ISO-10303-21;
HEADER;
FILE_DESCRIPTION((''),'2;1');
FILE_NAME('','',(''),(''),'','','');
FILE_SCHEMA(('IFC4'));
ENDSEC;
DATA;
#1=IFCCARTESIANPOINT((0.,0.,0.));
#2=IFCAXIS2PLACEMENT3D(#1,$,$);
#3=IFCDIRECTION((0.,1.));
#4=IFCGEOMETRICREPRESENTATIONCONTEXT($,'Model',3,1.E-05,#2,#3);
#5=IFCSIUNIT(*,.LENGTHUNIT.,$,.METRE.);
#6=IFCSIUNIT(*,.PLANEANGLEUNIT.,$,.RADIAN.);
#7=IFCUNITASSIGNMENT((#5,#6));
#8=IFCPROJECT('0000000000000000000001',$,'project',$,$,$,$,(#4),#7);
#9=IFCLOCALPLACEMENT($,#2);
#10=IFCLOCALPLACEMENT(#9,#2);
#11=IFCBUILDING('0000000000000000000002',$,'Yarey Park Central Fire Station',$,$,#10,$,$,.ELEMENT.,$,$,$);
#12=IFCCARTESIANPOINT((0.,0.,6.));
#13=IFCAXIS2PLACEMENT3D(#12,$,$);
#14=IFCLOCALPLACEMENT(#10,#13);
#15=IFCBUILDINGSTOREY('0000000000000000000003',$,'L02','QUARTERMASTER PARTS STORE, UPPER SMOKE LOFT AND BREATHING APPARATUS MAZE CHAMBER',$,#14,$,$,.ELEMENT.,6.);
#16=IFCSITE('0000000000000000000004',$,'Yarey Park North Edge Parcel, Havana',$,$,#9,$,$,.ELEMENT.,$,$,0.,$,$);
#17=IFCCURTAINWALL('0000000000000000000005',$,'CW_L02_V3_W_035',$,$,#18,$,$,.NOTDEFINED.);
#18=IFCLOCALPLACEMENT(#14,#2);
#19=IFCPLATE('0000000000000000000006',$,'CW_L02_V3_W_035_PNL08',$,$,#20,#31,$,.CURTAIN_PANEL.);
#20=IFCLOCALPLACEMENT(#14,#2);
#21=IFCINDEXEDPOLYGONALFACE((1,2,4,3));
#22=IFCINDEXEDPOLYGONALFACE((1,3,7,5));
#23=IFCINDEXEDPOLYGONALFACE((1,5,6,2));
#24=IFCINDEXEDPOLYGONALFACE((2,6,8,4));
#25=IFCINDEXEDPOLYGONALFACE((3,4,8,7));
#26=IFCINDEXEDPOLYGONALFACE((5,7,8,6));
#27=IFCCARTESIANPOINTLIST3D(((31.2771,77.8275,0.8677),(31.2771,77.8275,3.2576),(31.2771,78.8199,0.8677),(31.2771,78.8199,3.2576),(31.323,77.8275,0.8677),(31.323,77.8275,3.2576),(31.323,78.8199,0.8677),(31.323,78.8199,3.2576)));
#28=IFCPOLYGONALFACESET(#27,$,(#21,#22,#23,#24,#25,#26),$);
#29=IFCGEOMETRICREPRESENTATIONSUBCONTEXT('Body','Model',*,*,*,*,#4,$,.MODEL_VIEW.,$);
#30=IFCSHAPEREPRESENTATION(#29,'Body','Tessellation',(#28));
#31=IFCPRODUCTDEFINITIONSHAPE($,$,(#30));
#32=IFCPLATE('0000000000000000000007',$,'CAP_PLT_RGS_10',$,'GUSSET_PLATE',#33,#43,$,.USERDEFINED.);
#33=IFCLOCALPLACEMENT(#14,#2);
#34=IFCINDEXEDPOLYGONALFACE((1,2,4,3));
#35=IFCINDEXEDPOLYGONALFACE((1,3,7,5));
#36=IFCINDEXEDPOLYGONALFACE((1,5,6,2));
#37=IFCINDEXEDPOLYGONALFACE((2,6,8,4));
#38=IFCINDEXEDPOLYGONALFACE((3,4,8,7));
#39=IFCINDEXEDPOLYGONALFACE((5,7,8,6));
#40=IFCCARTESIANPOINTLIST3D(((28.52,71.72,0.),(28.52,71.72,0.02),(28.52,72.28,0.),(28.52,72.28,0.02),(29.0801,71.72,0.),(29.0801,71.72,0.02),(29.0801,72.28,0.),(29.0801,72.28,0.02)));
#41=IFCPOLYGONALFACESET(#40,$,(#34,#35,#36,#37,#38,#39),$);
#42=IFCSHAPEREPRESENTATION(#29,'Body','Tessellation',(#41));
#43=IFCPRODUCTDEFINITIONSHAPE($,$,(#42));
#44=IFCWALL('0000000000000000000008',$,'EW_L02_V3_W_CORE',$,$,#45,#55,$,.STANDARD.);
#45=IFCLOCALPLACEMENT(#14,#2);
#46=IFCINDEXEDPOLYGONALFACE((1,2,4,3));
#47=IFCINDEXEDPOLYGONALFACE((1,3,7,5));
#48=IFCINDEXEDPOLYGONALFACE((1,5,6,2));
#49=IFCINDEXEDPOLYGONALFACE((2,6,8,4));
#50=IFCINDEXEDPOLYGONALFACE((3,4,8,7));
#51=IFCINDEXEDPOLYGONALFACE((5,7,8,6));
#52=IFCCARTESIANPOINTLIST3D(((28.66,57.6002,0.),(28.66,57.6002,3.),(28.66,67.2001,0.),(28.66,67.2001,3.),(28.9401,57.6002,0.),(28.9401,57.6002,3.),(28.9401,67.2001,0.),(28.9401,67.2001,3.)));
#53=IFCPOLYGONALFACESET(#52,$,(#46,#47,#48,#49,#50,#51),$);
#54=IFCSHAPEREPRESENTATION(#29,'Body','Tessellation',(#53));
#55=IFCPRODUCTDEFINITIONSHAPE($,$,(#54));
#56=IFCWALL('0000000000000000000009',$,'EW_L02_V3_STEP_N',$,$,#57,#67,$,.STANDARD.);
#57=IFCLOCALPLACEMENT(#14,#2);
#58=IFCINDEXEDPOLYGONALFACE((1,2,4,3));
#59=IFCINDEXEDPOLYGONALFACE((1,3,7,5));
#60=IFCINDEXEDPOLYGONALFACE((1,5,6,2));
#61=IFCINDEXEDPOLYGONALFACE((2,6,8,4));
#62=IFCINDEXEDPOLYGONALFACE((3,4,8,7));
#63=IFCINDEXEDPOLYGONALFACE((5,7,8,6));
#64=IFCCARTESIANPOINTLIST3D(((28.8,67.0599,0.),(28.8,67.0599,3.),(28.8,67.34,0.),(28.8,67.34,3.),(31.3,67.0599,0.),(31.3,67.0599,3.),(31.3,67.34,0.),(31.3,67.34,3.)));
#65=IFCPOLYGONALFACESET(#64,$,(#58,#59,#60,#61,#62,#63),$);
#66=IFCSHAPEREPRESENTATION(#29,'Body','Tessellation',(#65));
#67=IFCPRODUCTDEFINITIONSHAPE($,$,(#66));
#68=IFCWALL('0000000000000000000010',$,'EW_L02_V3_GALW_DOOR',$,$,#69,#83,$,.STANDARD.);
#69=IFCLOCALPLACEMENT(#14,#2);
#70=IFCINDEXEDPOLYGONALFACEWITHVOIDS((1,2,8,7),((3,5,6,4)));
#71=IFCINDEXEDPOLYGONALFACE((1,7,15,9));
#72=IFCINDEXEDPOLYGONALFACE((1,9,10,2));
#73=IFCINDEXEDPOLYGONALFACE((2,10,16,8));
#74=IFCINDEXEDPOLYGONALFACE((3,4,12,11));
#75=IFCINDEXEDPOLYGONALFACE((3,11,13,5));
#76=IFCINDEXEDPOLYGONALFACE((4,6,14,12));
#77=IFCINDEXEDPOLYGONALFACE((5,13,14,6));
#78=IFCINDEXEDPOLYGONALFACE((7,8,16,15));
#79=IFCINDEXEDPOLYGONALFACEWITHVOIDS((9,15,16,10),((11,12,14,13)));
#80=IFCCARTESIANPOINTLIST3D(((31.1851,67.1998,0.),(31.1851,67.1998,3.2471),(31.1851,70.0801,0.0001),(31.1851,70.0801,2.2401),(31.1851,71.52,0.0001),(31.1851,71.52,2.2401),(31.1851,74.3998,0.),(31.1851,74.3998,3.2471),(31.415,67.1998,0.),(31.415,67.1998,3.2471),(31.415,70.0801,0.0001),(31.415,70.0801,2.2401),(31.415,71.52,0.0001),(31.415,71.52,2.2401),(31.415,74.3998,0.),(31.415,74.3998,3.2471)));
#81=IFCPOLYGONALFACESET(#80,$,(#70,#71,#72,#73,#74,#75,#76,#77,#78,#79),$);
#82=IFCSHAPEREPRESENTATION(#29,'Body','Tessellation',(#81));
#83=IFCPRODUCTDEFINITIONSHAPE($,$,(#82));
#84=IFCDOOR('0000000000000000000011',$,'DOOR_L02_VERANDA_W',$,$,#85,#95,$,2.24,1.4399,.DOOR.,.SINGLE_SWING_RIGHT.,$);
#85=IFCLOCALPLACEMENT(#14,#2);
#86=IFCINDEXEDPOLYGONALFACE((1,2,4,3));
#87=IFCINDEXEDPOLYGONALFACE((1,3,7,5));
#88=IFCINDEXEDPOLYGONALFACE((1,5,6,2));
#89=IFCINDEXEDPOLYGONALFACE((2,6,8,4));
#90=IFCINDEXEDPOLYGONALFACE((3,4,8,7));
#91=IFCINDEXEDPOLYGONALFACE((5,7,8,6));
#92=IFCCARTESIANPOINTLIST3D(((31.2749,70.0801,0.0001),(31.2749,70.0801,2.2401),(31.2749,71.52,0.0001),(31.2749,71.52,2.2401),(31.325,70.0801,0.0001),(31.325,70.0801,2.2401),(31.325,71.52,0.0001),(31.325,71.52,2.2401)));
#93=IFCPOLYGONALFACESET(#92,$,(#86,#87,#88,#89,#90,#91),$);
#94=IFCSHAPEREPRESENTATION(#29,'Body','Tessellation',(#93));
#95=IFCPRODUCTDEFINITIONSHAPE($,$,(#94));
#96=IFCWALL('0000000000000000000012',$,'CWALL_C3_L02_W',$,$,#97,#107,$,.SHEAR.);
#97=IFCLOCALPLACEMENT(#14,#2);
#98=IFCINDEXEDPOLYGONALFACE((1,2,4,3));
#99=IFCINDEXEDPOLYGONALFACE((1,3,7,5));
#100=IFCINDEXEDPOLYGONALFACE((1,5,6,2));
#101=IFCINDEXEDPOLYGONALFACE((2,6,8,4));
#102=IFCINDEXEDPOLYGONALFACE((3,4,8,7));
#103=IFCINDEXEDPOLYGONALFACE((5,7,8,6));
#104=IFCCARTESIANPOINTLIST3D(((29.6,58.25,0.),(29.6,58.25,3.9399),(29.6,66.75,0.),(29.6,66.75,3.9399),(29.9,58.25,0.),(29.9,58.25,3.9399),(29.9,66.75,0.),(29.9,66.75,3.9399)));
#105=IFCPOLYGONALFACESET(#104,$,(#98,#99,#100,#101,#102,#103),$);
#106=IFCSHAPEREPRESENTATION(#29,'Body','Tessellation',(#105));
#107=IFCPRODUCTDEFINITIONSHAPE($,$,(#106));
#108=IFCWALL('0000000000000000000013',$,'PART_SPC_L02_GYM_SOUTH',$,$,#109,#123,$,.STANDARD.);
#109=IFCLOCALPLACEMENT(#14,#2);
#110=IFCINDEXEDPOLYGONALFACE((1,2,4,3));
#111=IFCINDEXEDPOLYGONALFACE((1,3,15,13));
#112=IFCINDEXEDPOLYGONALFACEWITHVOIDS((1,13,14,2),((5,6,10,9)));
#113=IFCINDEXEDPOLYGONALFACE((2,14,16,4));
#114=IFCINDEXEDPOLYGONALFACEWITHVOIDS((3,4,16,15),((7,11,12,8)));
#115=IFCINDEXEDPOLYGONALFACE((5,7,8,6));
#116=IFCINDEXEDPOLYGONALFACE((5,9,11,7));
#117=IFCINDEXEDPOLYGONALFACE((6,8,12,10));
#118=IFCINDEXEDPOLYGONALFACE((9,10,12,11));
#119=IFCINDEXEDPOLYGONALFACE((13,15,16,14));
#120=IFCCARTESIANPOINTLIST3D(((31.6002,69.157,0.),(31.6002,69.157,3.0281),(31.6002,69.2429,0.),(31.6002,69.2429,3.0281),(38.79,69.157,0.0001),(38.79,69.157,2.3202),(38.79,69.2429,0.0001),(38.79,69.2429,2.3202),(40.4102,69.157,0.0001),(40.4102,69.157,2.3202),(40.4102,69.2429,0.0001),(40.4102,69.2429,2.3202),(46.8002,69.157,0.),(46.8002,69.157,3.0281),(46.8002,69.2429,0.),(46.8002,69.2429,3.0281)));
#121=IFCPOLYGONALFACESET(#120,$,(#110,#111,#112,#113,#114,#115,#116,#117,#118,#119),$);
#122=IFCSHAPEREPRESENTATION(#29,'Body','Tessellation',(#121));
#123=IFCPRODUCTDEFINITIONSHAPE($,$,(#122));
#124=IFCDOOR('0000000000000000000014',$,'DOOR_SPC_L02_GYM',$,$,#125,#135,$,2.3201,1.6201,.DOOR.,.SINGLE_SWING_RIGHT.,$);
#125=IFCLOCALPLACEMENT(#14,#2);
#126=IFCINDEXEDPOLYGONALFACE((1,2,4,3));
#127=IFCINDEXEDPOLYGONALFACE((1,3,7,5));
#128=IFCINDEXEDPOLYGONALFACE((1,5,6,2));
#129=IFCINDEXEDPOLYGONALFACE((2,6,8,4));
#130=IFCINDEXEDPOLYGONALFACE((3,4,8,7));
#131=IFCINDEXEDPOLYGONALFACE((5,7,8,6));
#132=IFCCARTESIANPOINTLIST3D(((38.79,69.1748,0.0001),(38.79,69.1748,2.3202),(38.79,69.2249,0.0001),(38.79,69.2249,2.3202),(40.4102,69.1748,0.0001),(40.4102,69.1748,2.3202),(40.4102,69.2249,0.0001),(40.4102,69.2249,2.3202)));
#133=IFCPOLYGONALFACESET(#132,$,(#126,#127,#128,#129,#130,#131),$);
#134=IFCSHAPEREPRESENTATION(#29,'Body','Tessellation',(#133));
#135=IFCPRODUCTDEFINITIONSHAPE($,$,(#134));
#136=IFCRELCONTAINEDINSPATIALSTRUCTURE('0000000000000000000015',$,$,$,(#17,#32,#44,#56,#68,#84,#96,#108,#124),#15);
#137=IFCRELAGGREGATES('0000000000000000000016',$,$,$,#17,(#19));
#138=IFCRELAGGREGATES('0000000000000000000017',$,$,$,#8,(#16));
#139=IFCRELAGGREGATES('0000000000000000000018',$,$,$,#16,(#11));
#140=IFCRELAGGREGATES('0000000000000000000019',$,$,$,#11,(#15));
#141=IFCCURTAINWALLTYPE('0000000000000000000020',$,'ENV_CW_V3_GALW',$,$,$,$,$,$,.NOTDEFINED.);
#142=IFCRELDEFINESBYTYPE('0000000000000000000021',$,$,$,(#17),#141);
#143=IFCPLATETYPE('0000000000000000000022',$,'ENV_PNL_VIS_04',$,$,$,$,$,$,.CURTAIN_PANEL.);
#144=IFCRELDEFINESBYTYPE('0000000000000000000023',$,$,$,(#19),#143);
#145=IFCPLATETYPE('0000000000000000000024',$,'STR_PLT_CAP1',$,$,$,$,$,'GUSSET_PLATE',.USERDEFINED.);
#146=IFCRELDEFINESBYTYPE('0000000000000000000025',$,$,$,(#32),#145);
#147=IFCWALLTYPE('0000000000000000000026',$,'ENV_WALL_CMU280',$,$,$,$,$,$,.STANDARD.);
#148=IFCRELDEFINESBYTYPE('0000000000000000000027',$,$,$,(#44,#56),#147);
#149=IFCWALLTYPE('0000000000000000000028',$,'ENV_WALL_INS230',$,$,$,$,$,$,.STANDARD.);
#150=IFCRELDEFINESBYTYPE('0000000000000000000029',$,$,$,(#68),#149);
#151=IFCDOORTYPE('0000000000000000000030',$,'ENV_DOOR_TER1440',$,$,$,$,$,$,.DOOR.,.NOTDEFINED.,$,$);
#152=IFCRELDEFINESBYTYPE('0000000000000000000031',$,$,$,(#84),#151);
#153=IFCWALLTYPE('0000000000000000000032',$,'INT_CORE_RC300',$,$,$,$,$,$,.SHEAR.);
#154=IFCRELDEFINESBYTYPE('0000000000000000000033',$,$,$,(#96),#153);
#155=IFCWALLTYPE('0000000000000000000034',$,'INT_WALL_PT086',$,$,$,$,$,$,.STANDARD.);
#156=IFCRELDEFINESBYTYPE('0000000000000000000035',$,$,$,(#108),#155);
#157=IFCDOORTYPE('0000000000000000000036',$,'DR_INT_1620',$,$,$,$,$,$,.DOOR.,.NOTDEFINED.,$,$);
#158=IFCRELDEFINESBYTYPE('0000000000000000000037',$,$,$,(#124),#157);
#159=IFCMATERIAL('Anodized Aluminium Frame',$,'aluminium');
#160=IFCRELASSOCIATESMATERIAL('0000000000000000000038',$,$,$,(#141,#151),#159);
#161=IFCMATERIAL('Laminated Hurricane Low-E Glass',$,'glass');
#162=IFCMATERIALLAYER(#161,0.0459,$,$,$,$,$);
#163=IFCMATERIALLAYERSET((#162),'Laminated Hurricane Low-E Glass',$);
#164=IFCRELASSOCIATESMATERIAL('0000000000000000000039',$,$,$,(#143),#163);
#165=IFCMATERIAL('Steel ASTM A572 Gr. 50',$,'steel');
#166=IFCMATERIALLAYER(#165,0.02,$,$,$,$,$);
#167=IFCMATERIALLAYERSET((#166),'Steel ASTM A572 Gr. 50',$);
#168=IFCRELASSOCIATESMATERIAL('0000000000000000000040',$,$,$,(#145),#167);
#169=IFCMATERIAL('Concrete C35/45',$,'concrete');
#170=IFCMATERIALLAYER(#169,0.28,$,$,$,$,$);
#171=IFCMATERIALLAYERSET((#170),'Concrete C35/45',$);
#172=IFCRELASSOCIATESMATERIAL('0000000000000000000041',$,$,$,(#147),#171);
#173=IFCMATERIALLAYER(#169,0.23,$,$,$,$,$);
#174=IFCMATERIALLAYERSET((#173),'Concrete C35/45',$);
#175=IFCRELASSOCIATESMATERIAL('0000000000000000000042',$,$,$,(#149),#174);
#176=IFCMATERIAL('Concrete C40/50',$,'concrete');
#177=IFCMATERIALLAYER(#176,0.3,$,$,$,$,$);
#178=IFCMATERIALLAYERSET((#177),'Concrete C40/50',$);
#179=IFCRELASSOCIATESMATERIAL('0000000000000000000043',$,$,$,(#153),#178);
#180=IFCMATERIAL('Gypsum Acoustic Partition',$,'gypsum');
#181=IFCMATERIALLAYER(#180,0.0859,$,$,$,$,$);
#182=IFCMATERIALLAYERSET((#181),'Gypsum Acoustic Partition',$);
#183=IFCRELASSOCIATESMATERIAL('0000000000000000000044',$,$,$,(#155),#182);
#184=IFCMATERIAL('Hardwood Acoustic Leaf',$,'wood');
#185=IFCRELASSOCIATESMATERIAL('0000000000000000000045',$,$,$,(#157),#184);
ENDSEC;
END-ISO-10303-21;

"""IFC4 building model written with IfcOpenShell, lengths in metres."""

from ifc_helpers import new_model, si_unit, direction, frame, frame_2d, origin, origin_2d, place, context, subcontext, project, spatial, rectangle, extrude, material, layer, layer_set, type_object, element, fill, aggregate, save


model = new_model("IFC4")

# Units and contexts
model_context = context("Model", 3, precision=1e-05, world=origin(), true_north=direction((0.0, 1.0)))
body_context = subcontext(model_context, "Body", "Model", "MODEL_VIEW")
ifc_project = project(units=[si_unit("LENGTHUNIT", "METRE"), si_unit("PLANEANGLEUNIT", "RADIAN")], contexts=[model_context])

# Site, building, storey
site_placement = place(None, origin())
site = spatial("IfcSite", under=ifc_project, at=site_placement, Name="Yarey Park North Edge Parcel, Havana", CompositionType="ELEMENT", RefElevation=0.0)
building_placement = place(site_placement, origin())
building = spatial("IfcBuilding", under=site, at=building_placement, Name="Yarey Park Central Fire Station", CompositionType="ELEMENT")
storey_placement = place(building_placement, frame((0.0, 0.0, 6.0)))
storey = spatial("IfcBuildingStorey", under=building, at=storey_placement, Name="L02", Description="QUARTERMASTER PARTS STORE, UPPER SMOKE LOFT AND BREATHING APPARATUS MAZE CHAMBER", CompositionType="ELEMENT", Elevation=6.0)

# Curtain wall
ifc_material_1 = material(Name="Anodized Aluminium Frame", Category="aluminium")
curtain_wall_type = type_object("IfcCurtainWallType", Name="ENV_CW_V3_GALW", PredefinedType="NOTDEFINED", material=ifc_material_1)
curtain_wall_placement = place(storey_placement, origin())
curtain_wall = element("IfcCurtainWall", 1, at=curtain_wall_placement, inside=storey, type_object=curtain_wall_type, Name="CW_L02_V3_W_035", PredefinedType="NOTDEFINED")

# Plates
ifc_material_2 = material(Name="Laminated Hurricane Low-E Glass", Category="glass")
ifc_layer_1 = layer(ifc_material_2, 0.0459)
ifc_layer_set_1 = layer_set([ifc_layer_1], Name="Laminated Hurricane Low-E Glass")
plate_type_1 = type_object("IfcPlateType", Name="ENV_PNL_VIS_04", PredefinedType="CURTAIN_PANEL", material=ifc_layer_set_1)
plate_1_placement = place(storey_placement, frame((31.3, 78.3237, 0.8677), z_axis=(0.0, 0.0, 1.0), x_axis=(0.0, 1.0, 0.0)))
plate_1 = element("IfcPlate", 2, at=plate_1_placement, type_object=plate_type_1, Name="CW_L02_V3_W_035_PNL08", PredefinedType="CURTAIN_PANEL", context=body_context, shape_type="SweptSolid", body=[
    extrude(rectangle(XDim=0.9924, YDim=0.0459, at=origin_2d()), origin(), (0.0, 0.0, 1.0), 2.3899),
])
aggregate(curtain_wall, [plate_1])
ifc_material_3 = material(Name="Steel ASTM A572 Gr. 50", Category="steel")
ifc_layer_2 = layer(ifc_material_3, 0.02)
ifc_layer_set_2 = layer_set([ifc_layer_2], Name="Steel ASTM A572 Gr. 50")
plate_type_2 = type_object("IfcPlateType", Name="STR_PLT_CAP1", ElementType="GUSSET_PLATE", PredefinedType="USERDEFINED", material=ifc_layer_set_2)
plate_2_placement = place(storey_placement, frame((28.8, 72.0, 0.0), z_axis=(0.0, 0.0, 1.0), x_axis=(1.0, 0.0, 0.0)))
element("IfcPlate", 3, at=plate_2_placement, inside=storey, type_object=plate_type_2, Name="CAP_PLT_RGS_10", ObjectType="GUSSET_PLATE", PredefinedType="USERDEFINED", context=body_context, shape_type="SweptSolid", body=[
    extrude(rectangle(XDim=0.5601, YDim=0.5601, at=origin_2d()), origin(), (0.0, 0.0, 1.0), 0.02),
])

# Walls
ifc_material_4 = material(Name="Concrete C35/45", Category="concrete")
ifc_layer_3 = layer(ifc_material_4, 0.28)
ifc_layer_set_3 = layer_set([ifc_layer_3], Name="Concrete C35/45")
wall_type_1 = type_object("IfcWallType", Name="ENV_WALL_CMU280", PredefinedType="STANDARD", material=ifc_layer_set_3)
wall_1_placement = place(storey_placement, frame((28.8, 67.2, 0.0), z_axis=(0.0, 0.0, 1.0), x_axis=(0.0, -1.0, 0.0)))
element("IfcWall", 4, at=wall_1_placement, inside=storey, type_object=wall_type_1, Name="EW_L02_V3_W_CORE", PredefinedType="STANDARD", context=body_context, shape_type="SweptSolid", body=[
    extrude(rectangle(XDim=9.5999, YDim=0.28, at=frame_2d((4.7998, 0.0))), origin(), (0.0, 0.0, 1.0), 3.0),
])
wall_2_placement = place(storey_placement, frame((31.3, 67.2, 0.0), z_axis=(0.0, 0.0, 1.0), x_axis=(-1.0, 0.0, 0.0)))
element("IfcWall", 5, at=wall_2_placement, inside=storey, type_object=wall_type_1, Name="EW_L02_V3_STEP_N", PredefinedType="STANDARD", context=body_context, shape_type="SweptSolid", body=[
    extrude(rectangle(XDim=2.5, YDim=0.28, at=frame_2d((1.25, 0.0))), origin(), (0.0, 0.0, 1.0), 3.0),
])

# Wall, opening, door
ifc_layer_4 = layer(ifc_material_4, 0.23)
ifc_layer_set_4 = layer_set([ifc_layer_4], Name="Concrete C35/45")
wall_type_2 = type_object("IfcWallType", Name="ENV_WALL_INS230", PredefinedType="STANDARD", material=ifc_layer_set_4)
wall_3_placement = place(storey_placement, frame((31.3, 74.3999, 0.0), z_axis=(0.0, 0.0, 1.0), x_axis=(0.0, -1.0, 0.0)))
wall_3 = element("IfcWall", 6, at=wall_3_placement, inside=storey, type_object=wall_type_2, Name="EW_L02_V3_GALW_DOOR", PredefinedType="STANDARD", context=body_context, shape_type="SweptSolid", body=[
    extrude(rectangle(XDim=7.2, YDim=0.23, at=frame_2d((3.6001, 0.0))), origin(), (0.0, 0.0, 1.0), 3.2471),
])
opening_1_placement = place(wall_3_placement, frame((2.8799, 0.0, 0.0)))
opening_1 = element("IfcOpeningElement", 7, at=opening_1_placement, cuts=wall_3, PredefinedType="OPENING", context=body_context, shape_type="SweptSolid", body=[
    extrude(rectangle(XDim=1.4399, YDim=2.24, at=frame_2d((0.72, 1.1201))), frame((0.0, 0.125, 0.0), z_axis=(0.0, -1.0, 0.0), x_axis=(1.0, 0.0, 0.0)), (0.0, 0.0, 1.0), 0.25),
])
door_type_1 = type_object("IfcDoorType", Name="ENV_DOOR_TER1440", OperationType="NOTDEFINED", PredefinedType="DOOR", material=ifc_material_1)
door_1_placement = place(opening_1_placement, origin())
door_1 = element("IfcDoor", 8, at=door_1_placement, inside=storey, type_object=door_type_1, Name="DOOR_L02_VERANDA_W", OperationType="SINGLE_SWING_RIGHT", OverallHeight=2.24, OverallWidth=1.4399, PredefinedType="DOOR", context=body_context, shape_type="SweptSolid", body=[
    extrude(rectangle(XDim=1.4399, YDim=2.24, at=frame_2d((0.72, 1.1201))), frame((0.0, 0.0249, 0.0), z_axis=(0.0, -1.0, 0.0), x_axis=(1.0, 0.0, 0.0)), (0.0, 0.0, 1.0), 0.05),
])
fill(opening_1, door_1)

# Wall
ifc_material_5 = material(Name="Concrete C40/50", Category="concrete")
ifc_layer_5 = layer(ifc_material_5, 0.3)
ifc_layer_set_5 = layer_set([ifc_layer_5], Name="Concrete C40/50")
wall_type_3 = type_object("IfcWallType", Name="INT_CORE_RC300", PredefinedType="SHEAR", material=ifc_layer_set_5)
wall_4_placement = place(storey_placement, frame((29.75, 66.75, 0.0), z_axis=(0.0, 0.0, 1.0), x_axis=(0.0, -1.0, 0.0)))
element("IfcWall", 9, at=wall_4_placement, inside=storey, type_object=wall_type_3, Name="CWALL_C3_L02_W", PredefinedType="SHEAR", context=body_context, shape_type="SweptSolid", body=[
    extrude(rectangle(XDim=8.5, YDim=0.3, at=frame_2d((4.25, 0.0))), origin(), (0.0, 0.0, 1.0), 3.9399),
])

# Wall, opening, door
ifc_material_6 = material(Name="Gypsum Acoustic Partition", Category="gypsum")
ifc_layer_6 = layer(ifc_material_6, 0.0859)
ifc_layer_set_6 = layer_set([ifc_layer_6], Name="Gypsum Acoustic Partition")
wall_type_4 = type_object("IfcWallType", Name="INT_WALL_PT086", PredefinedType="STANDARD", material=ifc_layer_set_6)
wall_5_placement = place(storey_placement, frame((31.6001, 69.2, 0.0), z_axis=(0.0, 0.0, 1.0), x_axis=(1.0, 0.0, 0.0)))
wall_5 = element("IfcWall", 10, at=wall_5_placement, inside=storey, type_object=wall_type_4, Name="PART_SPC_L02_GYM_SOUTH", PredefinedType="STANDARD", context=body_context, shape_type="SweptSolid", body=[
    extrude(rectangle(XDim=15.2, YDim=0.0859, at=frame_2d((7.6001, 0.0))), origin(), (0.0, 0.0, 1.0), 3.0281),
])
opening_2_placement = place(wall_5_placement, frame((7.1899, 0.0, 0.0)))
opening_2 = element("IfcOpeningElement", 11, at=opening_2_placement, cuts=wall_5, PredefinedType="OPENING", context=body_context, shape_type="SweptSolid", body=[
    extrude(rectangle(XDim=1.6201, YDim=2.3201, at=frame_2d((0.8101, 1.1602))), frame((0.0, 0.053, 0.0), z_axis=(0.0, -1.0, 0.0), x_axis=(1.0, 0.0, 0.0)), (0.0, 0.0, 1.0), 0.106),
])
ifc_material_7 = material(Name="Hardwood Acoustic Leaf", Category="wood")
door_type_2 = type_object("IfcDoorType", Name="DR_INT_1620", OperationType="NOTDEFINED", PredefinedType="DOOR", material=ifc_material_7)
door_2_placement = place(opening_2_placement, origin())
door_2 = element("IfcDoor", 12, at=door_2_placement, inside=storey, type_object=door_type_2, Name="DOOR_SPC_L02_GYM", OperationType="SINGLE_SWING_RIGHT", OverallHeight=2.3201, OverallWidth=1.6201, PredefinedType="DOOR", context=body_context, shape_type="SweptSolid", body=[
    extrude(rectangle(XDim=1.6201, YDim=2.3201, at=frame_2d((0.8101, 1.1602))), frame((0.0, 0.0249, 0.0), z_axis=(0.0, -1.0, 0.0), x_axis=(1.0, 0.0, 0.0)), (0.0, 0.0, 1.0), 0.05),
])
fill(opening_2, door_2)

save(model, "model.ifc")
